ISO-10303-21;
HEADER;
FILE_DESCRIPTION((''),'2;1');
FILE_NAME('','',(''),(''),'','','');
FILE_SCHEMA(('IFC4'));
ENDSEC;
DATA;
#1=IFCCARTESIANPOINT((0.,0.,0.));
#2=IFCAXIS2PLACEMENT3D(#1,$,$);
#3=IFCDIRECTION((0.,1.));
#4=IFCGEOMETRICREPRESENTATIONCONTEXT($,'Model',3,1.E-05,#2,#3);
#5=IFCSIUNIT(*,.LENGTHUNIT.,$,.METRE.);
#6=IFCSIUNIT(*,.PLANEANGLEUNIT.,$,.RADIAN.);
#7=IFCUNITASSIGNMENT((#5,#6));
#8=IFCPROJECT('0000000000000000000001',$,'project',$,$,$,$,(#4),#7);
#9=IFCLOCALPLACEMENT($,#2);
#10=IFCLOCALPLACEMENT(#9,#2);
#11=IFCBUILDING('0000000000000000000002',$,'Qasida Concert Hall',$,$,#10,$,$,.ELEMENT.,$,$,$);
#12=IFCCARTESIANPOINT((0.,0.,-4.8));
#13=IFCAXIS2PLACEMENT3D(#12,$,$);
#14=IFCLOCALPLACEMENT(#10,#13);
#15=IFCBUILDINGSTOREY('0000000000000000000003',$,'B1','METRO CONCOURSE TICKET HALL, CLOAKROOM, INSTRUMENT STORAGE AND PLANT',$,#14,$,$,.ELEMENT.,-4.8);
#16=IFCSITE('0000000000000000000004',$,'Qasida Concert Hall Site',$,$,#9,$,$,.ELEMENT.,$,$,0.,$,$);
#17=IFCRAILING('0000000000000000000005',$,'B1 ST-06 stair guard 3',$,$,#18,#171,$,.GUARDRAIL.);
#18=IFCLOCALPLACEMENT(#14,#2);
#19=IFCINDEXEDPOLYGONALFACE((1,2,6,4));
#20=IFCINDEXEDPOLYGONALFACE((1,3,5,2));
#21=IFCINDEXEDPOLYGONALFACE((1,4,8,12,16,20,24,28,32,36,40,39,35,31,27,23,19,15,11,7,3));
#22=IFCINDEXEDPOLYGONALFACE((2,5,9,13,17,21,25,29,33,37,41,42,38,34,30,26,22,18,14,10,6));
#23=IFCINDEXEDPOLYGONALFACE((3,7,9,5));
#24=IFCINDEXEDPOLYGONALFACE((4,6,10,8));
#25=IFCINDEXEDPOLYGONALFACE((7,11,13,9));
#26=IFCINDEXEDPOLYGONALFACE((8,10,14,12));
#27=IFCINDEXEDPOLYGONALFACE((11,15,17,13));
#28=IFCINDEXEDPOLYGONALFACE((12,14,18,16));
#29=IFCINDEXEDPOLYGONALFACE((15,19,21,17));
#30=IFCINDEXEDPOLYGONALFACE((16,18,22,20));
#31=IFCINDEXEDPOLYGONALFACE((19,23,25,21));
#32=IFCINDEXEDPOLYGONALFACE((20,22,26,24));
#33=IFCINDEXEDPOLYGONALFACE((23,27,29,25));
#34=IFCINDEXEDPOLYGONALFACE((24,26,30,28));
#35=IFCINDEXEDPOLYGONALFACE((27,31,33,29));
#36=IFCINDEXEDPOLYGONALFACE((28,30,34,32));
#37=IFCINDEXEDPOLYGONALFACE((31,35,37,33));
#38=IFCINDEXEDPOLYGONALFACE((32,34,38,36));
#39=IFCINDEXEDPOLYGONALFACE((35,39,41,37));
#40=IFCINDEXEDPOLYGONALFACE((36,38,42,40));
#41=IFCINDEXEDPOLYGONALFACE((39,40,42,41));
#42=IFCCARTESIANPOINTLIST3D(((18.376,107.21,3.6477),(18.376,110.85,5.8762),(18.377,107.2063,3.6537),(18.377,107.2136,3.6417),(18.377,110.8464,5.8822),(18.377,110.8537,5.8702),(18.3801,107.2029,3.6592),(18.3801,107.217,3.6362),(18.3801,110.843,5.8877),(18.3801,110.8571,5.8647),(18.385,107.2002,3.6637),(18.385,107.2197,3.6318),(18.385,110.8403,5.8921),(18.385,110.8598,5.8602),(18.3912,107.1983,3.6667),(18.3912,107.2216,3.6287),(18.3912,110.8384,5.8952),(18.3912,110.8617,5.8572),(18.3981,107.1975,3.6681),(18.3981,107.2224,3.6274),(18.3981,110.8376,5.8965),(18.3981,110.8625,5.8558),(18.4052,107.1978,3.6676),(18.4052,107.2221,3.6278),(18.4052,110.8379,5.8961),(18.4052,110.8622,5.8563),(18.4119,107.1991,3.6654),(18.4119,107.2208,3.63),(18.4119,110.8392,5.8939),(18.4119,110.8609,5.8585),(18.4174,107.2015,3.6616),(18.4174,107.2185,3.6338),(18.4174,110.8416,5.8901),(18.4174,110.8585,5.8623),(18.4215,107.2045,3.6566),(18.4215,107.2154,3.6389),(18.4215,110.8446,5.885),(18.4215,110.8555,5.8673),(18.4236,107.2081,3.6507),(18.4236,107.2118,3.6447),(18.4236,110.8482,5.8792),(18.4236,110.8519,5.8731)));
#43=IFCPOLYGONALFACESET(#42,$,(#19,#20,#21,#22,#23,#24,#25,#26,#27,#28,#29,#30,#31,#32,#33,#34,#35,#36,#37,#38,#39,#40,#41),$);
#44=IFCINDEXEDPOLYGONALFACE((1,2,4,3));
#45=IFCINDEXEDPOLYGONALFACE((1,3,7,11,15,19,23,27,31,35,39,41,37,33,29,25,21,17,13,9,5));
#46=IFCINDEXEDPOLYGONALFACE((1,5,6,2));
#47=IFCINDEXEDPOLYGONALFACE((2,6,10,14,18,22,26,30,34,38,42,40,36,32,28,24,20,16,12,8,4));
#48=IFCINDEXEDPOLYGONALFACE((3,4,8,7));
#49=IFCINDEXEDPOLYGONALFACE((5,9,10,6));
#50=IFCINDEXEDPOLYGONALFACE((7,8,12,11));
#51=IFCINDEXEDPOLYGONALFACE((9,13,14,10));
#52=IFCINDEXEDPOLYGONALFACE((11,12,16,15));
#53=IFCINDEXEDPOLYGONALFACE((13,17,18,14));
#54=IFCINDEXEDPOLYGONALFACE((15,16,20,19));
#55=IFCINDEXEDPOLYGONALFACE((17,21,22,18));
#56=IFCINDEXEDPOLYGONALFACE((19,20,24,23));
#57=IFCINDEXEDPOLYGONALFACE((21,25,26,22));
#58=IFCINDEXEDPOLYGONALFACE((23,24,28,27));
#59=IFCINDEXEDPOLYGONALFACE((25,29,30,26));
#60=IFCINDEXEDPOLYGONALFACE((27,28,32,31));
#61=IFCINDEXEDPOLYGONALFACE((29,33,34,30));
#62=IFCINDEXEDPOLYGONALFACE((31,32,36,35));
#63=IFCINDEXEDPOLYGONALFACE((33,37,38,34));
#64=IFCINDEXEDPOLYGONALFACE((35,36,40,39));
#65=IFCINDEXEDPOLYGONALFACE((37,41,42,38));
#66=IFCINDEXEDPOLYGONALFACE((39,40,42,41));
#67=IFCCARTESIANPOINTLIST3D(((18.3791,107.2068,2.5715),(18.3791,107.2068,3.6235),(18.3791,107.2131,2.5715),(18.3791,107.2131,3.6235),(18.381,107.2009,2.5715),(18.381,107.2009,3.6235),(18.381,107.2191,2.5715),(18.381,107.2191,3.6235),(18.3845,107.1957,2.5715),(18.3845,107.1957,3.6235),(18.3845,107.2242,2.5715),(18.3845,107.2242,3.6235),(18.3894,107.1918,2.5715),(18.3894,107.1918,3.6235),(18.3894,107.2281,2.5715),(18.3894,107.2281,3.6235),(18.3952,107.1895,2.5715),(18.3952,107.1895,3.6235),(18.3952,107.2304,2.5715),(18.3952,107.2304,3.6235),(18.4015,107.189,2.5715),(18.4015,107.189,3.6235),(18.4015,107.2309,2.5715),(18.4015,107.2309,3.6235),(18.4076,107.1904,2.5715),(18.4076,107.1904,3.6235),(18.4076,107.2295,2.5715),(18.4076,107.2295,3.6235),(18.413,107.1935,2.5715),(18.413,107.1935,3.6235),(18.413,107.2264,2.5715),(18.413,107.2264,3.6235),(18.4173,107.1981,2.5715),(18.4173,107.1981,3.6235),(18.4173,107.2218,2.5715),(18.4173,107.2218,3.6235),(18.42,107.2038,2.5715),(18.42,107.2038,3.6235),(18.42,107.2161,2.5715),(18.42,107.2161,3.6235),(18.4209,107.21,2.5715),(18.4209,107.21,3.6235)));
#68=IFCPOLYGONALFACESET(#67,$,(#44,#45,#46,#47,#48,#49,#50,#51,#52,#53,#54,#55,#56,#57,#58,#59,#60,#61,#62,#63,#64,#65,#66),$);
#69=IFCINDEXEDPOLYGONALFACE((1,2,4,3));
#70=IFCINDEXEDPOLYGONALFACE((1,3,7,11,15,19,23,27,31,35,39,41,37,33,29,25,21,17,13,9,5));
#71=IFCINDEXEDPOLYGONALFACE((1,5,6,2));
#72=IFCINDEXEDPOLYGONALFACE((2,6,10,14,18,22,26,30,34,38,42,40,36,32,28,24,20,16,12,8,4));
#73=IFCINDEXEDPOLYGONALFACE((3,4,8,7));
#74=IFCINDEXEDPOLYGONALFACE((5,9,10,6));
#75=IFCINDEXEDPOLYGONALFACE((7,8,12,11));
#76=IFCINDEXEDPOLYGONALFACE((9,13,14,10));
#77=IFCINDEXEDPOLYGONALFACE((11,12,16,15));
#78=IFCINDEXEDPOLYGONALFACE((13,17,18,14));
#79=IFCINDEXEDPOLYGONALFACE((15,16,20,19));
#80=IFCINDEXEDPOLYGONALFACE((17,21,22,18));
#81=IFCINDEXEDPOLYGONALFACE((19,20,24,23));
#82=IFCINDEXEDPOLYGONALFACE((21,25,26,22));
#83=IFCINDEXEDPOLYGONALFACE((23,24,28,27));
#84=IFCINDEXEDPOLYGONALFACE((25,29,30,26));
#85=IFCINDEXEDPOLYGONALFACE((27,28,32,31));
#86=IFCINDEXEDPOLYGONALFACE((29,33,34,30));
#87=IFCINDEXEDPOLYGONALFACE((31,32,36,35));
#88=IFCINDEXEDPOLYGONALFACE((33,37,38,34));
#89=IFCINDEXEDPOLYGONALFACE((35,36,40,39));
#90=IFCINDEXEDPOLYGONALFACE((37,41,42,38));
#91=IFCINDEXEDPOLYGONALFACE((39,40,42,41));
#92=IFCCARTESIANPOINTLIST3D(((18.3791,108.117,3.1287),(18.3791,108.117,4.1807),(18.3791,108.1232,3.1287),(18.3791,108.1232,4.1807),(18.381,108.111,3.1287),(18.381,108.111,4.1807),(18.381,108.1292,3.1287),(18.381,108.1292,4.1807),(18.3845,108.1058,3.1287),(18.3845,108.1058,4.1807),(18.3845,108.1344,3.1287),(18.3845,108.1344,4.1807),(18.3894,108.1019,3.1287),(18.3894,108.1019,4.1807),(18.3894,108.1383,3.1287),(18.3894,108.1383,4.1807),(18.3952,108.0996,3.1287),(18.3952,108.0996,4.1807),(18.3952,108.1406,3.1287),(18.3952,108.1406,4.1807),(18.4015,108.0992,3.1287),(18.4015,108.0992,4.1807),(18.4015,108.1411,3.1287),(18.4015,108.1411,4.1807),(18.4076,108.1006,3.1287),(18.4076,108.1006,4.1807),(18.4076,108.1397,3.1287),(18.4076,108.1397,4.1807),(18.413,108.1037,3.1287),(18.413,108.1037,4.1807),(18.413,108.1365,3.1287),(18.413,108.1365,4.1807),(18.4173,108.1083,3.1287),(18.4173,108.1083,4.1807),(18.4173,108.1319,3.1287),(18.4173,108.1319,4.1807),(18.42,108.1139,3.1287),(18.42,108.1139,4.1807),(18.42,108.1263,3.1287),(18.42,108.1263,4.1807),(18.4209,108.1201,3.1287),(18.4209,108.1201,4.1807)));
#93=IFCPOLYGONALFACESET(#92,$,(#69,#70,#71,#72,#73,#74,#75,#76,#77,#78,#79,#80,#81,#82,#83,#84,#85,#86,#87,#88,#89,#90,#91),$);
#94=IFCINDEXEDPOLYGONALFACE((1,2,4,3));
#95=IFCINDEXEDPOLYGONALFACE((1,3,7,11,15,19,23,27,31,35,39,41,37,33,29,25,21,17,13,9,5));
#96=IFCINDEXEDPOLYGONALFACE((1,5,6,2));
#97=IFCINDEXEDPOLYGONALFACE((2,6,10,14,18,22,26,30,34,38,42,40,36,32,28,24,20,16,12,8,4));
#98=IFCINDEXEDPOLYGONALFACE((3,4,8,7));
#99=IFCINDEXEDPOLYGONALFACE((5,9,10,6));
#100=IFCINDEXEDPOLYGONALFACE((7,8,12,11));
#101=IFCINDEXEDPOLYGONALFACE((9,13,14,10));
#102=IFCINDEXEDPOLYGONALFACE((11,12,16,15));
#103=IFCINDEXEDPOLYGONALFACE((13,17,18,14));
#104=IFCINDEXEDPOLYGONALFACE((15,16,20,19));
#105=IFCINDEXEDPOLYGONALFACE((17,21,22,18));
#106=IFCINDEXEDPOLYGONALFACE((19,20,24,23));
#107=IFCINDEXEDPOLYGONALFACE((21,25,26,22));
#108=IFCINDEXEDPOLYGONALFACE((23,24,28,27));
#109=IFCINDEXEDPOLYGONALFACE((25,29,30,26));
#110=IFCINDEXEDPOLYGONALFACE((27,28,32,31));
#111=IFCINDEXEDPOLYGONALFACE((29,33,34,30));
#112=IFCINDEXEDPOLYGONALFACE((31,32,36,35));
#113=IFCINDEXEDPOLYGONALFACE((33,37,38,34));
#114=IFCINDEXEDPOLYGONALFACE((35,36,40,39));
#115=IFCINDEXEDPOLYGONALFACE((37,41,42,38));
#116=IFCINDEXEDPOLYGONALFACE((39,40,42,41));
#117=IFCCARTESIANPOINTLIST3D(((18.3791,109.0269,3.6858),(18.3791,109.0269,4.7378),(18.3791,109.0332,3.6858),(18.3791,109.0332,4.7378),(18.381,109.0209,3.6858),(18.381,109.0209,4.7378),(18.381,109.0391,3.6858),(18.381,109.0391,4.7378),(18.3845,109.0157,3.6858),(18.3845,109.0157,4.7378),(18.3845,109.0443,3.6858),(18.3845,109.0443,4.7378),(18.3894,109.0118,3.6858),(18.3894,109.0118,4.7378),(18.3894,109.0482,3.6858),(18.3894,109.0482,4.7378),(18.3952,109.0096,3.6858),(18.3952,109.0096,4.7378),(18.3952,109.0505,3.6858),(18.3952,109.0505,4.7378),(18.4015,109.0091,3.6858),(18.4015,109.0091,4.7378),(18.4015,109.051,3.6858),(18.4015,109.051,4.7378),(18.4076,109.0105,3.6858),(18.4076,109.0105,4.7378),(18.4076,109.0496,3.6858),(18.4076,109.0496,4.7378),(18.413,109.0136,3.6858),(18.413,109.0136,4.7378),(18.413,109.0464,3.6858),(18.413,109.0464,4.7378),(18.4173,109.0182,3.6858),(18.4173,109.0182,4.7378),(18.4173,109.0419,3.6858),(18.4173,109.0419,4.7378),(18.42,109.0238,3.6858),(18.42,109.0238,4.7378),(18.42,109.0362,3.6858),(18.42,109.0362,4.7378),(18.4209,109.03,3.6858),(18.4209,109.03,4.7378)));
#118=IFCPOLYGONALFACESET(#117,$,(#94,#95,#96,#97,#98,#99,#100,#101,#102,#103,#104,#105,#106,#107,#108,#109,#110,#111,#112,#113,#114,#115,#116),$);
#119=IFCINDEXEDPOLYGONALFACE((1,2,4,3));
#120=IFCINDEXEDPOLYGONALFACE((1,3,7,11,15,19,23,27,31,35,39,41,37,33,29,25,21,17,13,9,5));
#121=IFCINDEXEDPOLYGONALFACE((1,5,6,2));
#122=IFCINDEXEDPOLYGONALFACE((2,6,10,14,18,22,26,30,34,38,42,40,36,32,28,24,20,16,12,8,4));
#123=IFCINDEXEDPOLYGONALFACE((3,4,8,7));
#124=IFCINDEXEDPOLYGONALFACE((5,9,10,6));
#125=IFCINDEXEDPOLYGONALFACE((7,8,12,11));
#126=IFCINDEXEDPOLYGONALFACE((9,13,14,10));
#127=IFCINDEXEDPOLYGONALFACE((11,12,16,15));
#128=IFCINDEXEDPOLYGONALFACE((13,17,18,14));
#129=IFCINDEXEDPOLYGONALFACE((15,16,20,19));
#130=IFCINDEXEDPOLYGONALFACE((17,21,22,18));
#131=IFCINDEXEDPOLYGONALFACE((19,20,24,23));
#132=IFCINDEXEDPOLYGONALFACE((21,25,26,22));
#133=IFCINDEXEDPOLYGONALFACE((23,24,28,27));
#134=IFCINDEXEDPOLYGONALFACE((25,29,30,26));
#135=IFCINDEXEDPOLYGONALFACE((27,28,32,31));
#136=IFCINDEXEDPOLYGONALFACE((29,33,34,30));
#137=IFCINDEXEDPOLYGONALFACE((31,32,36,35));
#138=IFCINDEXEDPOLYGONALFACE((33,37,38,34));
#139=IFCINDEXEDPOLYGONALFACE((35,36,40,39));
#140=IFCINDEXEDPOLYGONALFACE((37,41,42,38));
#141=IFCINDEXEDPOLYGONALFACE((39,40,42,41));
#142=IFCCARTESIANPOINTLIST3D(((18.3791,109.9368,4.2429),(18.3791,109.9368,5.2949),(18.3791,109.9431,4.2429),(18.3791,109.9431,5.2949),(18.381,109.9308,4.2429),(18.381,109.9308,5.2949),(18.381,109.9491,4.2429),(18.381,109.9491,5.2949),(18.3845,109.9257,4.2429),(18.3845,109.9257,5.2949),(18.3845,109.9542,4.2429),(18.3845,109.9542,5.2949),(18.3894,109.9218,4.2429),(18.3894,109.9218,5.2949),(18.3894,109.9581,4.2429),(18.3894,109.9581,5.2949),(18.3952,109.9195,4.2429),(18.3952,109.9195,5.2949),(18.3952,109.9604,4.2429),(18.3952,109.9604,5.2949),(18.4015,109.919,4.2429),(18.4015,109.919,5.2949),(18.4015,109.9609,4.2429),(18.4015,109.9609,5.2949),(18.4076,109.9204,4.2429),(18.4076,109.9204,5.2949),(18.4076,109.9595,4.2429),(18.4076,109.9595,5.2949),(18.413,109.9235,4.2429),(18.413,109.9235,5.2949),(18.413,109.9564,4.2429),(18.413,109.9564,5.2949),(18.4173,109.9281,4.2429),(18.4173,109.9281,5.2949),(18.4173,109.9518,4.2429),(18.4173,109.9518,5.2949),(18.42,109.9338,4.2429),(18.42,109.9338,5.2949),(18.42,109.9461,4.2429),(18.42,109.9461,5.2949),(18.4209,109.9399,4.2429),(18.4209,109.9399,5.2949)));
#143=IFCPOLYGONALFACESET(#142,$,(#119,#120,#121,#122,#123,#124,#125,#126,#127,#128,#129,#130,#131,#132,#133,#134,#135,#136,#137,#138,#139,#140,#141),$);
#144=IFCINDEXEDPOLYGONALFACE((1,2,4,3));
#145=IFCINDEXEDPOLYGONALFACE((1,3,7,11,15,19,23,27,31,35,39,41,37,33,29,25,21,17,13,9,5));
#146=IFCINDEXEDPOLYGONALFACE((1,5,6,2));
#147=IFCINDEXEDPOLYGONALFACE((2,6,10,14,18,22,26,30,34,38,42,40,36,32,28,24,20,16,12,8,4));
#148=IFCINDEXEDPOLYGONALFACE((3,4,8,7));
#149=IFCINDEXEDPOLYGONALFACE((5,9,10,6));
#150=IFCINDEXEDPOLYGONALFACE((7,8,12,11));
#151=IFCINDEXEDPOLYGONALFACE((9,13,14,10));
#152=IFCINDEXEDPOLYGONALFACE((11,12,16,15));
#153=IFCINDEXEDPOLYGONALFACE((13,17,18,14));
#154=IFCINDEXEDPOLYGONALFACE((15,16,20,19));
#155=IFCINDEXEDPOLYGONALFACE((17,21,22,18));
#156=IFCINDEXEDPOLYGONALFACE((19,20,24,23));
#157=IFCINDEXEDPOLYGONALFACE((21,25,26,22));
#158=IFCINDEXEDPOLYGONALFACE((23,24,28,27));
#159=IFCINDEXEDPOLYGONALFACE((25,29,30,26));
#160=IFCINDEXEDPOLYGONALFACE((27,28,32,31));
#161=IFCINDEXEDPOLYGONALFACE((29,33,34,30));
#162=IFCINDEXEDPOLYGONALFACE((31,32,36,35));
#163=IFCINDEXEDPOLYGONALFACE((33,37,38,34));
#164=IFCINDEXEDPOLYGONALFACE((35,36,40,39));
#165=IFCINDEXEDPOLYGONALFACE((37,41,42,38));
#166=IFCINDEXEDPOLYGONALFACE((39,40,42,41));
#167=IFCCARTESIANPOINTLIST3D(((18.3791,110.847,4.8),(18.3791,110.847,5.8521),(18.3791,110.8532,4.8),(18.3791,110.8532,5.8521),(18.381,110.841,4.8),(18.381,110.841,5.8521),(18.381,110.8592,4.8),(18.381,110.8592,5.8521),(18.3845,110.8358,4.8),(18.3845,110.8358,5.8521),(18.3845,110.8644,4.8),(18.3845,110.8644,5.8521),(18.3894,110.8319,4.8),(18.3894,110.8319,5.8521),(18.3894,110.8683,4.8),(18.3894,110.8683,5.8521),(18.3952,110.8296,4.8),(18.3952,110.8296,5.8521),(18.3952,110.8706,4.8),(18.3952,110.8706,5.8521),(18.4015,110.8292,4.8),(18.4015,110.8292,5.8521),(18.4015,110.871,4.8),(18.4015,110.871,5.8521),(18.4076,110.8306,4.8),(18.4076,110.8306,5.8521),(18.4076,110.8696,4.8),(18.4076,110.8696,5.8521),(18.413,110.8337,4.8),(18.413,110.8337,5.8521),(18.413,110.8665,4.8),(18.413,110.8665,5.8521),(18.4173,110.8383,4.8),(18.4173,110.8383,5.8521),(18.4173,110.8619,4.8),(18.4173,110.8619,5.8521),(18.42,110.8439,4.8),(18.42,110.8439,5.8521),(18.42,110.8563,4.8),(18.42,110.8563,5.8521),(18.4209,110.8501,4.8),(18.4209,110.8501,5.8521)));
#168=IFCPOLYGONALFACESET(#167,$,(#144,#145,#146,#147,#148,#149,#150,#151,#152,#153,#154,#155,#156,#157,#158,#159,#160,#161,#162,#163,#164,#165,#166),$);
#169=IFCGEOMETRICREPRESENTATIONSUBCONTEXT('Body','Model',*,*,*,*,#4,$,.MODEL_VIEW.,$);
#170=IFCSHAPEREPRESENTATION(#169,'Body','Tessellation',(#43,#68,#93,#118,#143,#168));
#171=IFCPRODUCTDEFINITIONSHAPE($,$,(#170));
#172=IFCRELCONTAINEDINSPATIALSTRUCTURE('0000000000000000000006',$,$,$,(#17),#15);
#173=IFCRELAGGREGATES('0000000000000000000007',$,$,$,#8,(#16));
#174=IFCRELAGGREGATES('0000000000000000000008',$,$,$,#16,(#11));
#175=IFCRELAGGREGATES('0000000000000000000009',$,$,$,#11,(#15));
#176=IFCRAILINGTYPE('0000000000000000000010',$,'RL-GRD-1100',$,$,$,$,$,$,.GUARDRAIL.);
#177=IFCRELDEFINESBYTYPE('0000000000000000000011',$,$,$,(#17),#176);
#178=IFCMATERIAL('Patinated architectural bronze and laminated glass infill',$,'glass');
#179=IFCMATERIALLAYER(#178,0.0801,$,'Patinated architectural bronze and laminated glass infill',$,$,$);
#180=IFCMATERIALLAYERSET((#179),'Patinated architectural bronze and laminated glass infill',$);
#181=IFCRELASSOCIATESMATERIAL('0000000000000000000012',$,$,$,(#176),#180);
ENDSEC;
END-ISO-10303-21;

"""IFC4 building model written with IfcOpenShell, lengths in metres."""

from ifc_helpers import new_model, si_unit, direction, frame, origin, origin_2d, place, context, subcontext, project, spatial, circle, extrude, material, layer, layer_set, type_object, element, save


model = new_model("IFC4")

# Units and contexts
model_context = context("Model", 3, precision=1e-05, world=origin(), true_north=direction((0.0, 1.0)))
body_context = subcontext(model_context, "Body", "Model", "MODEL_VIEW")
ifc_project = project(units=[si_unit("LENGTHUNIT", "METRE"), si_unit("PLANEANGLEUNIT", "RADIAN")], contexts=[model_context])

# Site, building, storey
site_placement = place(None, origin())
site = spatial("IfcSite", under=ifc_project, at=site_placement, Name="Qasida Concert Hall Site", CompositionType="ELEMENT", RefElevation=0.0)
building_placement = place(site_placement, origin())
building = spatial("IfcBuilding", under=site, at=building_placement, Name="Qasida Concert Hall", CompositionType="ELEMENT")
storey_placement = place(building_placement, frame((0.0, 0.0, -4.8)))
storey = spatial("IfcBuildingStorey", under=building, at=storey_placement, Name="B1", Description="METRO CONCOURSE TICKET HALL, CLOAKROOM, INSTRUMENT STORAGE AND PLANT", CompositionType="ELEMENT", Elevation=-4.8)

# Railing
ifc_material_1 = material(Name="Patinated architectural bronze and laminated glass infill", Category="glass")
ifc_layer_1 = layer(ifc_material_1, 0.0801, Name="Patinated architectural bronze and laminated glass infill")
ifc_layer_set_1 = layer_set([ifc_layer_1], Name="Patinated architectural bronze and laminated glass infill")
railing_type_1 = type_object("IfcRailingType", Name="RL-GRD-1100", PredefinedType="GUARDRAIL", material=ifc_layer_set_1)
railing_1_placement = place(storey_placement, frame((18.3999, 107.21, 2.5715)))
element("IfcRailing", 1, at=railing_1_placement, inside=storey, type_object=railing_type_1, Name="B1 ST-06 stair guard 3", PredefinedType="GUARDRAIL", context=body_context, shape_type="SweptSolid", body=[
    extrude(circle(Radius=0.0239, at=origin_2d()), frame((0.0, 0.0, 1.0762), z_axis=(0.0, 0.852866, 0.52213), x_axis=(-1.0, 0.0, 0.0)), (0.0, 0.0, 1.0), 4.2681),
    extrude(circle(Radius=0.021, at=origin_2d()), origin(), (0.0, 0.0, 1.0), 1.052),
    extrude(circle(Radius=0.021, at=origin_2d()), frame((0.0, 0.9102, 0.5571)), (0.0, 0.0, 1.0), 1.052),
    extrude(circle(Radius=0.021, at=origin_2d()), frame((0.0, 1.8201, 1.1143)), (0.0, 0.0, 1.0), 1.052),
    extrude(circle(Radius=0.021, at=origin_2d()), frame((0.0, 2.73, 1.6714)), (0.0, 0.0, 1.0), 1.052),
    extrude(circle(Radius=0.021, at=origin_2d()), frame((0.0, 3.6401, 2.2285)), (0.0, 0.0, 1.0), 1.052),
])

save(model, "model.ifc")
